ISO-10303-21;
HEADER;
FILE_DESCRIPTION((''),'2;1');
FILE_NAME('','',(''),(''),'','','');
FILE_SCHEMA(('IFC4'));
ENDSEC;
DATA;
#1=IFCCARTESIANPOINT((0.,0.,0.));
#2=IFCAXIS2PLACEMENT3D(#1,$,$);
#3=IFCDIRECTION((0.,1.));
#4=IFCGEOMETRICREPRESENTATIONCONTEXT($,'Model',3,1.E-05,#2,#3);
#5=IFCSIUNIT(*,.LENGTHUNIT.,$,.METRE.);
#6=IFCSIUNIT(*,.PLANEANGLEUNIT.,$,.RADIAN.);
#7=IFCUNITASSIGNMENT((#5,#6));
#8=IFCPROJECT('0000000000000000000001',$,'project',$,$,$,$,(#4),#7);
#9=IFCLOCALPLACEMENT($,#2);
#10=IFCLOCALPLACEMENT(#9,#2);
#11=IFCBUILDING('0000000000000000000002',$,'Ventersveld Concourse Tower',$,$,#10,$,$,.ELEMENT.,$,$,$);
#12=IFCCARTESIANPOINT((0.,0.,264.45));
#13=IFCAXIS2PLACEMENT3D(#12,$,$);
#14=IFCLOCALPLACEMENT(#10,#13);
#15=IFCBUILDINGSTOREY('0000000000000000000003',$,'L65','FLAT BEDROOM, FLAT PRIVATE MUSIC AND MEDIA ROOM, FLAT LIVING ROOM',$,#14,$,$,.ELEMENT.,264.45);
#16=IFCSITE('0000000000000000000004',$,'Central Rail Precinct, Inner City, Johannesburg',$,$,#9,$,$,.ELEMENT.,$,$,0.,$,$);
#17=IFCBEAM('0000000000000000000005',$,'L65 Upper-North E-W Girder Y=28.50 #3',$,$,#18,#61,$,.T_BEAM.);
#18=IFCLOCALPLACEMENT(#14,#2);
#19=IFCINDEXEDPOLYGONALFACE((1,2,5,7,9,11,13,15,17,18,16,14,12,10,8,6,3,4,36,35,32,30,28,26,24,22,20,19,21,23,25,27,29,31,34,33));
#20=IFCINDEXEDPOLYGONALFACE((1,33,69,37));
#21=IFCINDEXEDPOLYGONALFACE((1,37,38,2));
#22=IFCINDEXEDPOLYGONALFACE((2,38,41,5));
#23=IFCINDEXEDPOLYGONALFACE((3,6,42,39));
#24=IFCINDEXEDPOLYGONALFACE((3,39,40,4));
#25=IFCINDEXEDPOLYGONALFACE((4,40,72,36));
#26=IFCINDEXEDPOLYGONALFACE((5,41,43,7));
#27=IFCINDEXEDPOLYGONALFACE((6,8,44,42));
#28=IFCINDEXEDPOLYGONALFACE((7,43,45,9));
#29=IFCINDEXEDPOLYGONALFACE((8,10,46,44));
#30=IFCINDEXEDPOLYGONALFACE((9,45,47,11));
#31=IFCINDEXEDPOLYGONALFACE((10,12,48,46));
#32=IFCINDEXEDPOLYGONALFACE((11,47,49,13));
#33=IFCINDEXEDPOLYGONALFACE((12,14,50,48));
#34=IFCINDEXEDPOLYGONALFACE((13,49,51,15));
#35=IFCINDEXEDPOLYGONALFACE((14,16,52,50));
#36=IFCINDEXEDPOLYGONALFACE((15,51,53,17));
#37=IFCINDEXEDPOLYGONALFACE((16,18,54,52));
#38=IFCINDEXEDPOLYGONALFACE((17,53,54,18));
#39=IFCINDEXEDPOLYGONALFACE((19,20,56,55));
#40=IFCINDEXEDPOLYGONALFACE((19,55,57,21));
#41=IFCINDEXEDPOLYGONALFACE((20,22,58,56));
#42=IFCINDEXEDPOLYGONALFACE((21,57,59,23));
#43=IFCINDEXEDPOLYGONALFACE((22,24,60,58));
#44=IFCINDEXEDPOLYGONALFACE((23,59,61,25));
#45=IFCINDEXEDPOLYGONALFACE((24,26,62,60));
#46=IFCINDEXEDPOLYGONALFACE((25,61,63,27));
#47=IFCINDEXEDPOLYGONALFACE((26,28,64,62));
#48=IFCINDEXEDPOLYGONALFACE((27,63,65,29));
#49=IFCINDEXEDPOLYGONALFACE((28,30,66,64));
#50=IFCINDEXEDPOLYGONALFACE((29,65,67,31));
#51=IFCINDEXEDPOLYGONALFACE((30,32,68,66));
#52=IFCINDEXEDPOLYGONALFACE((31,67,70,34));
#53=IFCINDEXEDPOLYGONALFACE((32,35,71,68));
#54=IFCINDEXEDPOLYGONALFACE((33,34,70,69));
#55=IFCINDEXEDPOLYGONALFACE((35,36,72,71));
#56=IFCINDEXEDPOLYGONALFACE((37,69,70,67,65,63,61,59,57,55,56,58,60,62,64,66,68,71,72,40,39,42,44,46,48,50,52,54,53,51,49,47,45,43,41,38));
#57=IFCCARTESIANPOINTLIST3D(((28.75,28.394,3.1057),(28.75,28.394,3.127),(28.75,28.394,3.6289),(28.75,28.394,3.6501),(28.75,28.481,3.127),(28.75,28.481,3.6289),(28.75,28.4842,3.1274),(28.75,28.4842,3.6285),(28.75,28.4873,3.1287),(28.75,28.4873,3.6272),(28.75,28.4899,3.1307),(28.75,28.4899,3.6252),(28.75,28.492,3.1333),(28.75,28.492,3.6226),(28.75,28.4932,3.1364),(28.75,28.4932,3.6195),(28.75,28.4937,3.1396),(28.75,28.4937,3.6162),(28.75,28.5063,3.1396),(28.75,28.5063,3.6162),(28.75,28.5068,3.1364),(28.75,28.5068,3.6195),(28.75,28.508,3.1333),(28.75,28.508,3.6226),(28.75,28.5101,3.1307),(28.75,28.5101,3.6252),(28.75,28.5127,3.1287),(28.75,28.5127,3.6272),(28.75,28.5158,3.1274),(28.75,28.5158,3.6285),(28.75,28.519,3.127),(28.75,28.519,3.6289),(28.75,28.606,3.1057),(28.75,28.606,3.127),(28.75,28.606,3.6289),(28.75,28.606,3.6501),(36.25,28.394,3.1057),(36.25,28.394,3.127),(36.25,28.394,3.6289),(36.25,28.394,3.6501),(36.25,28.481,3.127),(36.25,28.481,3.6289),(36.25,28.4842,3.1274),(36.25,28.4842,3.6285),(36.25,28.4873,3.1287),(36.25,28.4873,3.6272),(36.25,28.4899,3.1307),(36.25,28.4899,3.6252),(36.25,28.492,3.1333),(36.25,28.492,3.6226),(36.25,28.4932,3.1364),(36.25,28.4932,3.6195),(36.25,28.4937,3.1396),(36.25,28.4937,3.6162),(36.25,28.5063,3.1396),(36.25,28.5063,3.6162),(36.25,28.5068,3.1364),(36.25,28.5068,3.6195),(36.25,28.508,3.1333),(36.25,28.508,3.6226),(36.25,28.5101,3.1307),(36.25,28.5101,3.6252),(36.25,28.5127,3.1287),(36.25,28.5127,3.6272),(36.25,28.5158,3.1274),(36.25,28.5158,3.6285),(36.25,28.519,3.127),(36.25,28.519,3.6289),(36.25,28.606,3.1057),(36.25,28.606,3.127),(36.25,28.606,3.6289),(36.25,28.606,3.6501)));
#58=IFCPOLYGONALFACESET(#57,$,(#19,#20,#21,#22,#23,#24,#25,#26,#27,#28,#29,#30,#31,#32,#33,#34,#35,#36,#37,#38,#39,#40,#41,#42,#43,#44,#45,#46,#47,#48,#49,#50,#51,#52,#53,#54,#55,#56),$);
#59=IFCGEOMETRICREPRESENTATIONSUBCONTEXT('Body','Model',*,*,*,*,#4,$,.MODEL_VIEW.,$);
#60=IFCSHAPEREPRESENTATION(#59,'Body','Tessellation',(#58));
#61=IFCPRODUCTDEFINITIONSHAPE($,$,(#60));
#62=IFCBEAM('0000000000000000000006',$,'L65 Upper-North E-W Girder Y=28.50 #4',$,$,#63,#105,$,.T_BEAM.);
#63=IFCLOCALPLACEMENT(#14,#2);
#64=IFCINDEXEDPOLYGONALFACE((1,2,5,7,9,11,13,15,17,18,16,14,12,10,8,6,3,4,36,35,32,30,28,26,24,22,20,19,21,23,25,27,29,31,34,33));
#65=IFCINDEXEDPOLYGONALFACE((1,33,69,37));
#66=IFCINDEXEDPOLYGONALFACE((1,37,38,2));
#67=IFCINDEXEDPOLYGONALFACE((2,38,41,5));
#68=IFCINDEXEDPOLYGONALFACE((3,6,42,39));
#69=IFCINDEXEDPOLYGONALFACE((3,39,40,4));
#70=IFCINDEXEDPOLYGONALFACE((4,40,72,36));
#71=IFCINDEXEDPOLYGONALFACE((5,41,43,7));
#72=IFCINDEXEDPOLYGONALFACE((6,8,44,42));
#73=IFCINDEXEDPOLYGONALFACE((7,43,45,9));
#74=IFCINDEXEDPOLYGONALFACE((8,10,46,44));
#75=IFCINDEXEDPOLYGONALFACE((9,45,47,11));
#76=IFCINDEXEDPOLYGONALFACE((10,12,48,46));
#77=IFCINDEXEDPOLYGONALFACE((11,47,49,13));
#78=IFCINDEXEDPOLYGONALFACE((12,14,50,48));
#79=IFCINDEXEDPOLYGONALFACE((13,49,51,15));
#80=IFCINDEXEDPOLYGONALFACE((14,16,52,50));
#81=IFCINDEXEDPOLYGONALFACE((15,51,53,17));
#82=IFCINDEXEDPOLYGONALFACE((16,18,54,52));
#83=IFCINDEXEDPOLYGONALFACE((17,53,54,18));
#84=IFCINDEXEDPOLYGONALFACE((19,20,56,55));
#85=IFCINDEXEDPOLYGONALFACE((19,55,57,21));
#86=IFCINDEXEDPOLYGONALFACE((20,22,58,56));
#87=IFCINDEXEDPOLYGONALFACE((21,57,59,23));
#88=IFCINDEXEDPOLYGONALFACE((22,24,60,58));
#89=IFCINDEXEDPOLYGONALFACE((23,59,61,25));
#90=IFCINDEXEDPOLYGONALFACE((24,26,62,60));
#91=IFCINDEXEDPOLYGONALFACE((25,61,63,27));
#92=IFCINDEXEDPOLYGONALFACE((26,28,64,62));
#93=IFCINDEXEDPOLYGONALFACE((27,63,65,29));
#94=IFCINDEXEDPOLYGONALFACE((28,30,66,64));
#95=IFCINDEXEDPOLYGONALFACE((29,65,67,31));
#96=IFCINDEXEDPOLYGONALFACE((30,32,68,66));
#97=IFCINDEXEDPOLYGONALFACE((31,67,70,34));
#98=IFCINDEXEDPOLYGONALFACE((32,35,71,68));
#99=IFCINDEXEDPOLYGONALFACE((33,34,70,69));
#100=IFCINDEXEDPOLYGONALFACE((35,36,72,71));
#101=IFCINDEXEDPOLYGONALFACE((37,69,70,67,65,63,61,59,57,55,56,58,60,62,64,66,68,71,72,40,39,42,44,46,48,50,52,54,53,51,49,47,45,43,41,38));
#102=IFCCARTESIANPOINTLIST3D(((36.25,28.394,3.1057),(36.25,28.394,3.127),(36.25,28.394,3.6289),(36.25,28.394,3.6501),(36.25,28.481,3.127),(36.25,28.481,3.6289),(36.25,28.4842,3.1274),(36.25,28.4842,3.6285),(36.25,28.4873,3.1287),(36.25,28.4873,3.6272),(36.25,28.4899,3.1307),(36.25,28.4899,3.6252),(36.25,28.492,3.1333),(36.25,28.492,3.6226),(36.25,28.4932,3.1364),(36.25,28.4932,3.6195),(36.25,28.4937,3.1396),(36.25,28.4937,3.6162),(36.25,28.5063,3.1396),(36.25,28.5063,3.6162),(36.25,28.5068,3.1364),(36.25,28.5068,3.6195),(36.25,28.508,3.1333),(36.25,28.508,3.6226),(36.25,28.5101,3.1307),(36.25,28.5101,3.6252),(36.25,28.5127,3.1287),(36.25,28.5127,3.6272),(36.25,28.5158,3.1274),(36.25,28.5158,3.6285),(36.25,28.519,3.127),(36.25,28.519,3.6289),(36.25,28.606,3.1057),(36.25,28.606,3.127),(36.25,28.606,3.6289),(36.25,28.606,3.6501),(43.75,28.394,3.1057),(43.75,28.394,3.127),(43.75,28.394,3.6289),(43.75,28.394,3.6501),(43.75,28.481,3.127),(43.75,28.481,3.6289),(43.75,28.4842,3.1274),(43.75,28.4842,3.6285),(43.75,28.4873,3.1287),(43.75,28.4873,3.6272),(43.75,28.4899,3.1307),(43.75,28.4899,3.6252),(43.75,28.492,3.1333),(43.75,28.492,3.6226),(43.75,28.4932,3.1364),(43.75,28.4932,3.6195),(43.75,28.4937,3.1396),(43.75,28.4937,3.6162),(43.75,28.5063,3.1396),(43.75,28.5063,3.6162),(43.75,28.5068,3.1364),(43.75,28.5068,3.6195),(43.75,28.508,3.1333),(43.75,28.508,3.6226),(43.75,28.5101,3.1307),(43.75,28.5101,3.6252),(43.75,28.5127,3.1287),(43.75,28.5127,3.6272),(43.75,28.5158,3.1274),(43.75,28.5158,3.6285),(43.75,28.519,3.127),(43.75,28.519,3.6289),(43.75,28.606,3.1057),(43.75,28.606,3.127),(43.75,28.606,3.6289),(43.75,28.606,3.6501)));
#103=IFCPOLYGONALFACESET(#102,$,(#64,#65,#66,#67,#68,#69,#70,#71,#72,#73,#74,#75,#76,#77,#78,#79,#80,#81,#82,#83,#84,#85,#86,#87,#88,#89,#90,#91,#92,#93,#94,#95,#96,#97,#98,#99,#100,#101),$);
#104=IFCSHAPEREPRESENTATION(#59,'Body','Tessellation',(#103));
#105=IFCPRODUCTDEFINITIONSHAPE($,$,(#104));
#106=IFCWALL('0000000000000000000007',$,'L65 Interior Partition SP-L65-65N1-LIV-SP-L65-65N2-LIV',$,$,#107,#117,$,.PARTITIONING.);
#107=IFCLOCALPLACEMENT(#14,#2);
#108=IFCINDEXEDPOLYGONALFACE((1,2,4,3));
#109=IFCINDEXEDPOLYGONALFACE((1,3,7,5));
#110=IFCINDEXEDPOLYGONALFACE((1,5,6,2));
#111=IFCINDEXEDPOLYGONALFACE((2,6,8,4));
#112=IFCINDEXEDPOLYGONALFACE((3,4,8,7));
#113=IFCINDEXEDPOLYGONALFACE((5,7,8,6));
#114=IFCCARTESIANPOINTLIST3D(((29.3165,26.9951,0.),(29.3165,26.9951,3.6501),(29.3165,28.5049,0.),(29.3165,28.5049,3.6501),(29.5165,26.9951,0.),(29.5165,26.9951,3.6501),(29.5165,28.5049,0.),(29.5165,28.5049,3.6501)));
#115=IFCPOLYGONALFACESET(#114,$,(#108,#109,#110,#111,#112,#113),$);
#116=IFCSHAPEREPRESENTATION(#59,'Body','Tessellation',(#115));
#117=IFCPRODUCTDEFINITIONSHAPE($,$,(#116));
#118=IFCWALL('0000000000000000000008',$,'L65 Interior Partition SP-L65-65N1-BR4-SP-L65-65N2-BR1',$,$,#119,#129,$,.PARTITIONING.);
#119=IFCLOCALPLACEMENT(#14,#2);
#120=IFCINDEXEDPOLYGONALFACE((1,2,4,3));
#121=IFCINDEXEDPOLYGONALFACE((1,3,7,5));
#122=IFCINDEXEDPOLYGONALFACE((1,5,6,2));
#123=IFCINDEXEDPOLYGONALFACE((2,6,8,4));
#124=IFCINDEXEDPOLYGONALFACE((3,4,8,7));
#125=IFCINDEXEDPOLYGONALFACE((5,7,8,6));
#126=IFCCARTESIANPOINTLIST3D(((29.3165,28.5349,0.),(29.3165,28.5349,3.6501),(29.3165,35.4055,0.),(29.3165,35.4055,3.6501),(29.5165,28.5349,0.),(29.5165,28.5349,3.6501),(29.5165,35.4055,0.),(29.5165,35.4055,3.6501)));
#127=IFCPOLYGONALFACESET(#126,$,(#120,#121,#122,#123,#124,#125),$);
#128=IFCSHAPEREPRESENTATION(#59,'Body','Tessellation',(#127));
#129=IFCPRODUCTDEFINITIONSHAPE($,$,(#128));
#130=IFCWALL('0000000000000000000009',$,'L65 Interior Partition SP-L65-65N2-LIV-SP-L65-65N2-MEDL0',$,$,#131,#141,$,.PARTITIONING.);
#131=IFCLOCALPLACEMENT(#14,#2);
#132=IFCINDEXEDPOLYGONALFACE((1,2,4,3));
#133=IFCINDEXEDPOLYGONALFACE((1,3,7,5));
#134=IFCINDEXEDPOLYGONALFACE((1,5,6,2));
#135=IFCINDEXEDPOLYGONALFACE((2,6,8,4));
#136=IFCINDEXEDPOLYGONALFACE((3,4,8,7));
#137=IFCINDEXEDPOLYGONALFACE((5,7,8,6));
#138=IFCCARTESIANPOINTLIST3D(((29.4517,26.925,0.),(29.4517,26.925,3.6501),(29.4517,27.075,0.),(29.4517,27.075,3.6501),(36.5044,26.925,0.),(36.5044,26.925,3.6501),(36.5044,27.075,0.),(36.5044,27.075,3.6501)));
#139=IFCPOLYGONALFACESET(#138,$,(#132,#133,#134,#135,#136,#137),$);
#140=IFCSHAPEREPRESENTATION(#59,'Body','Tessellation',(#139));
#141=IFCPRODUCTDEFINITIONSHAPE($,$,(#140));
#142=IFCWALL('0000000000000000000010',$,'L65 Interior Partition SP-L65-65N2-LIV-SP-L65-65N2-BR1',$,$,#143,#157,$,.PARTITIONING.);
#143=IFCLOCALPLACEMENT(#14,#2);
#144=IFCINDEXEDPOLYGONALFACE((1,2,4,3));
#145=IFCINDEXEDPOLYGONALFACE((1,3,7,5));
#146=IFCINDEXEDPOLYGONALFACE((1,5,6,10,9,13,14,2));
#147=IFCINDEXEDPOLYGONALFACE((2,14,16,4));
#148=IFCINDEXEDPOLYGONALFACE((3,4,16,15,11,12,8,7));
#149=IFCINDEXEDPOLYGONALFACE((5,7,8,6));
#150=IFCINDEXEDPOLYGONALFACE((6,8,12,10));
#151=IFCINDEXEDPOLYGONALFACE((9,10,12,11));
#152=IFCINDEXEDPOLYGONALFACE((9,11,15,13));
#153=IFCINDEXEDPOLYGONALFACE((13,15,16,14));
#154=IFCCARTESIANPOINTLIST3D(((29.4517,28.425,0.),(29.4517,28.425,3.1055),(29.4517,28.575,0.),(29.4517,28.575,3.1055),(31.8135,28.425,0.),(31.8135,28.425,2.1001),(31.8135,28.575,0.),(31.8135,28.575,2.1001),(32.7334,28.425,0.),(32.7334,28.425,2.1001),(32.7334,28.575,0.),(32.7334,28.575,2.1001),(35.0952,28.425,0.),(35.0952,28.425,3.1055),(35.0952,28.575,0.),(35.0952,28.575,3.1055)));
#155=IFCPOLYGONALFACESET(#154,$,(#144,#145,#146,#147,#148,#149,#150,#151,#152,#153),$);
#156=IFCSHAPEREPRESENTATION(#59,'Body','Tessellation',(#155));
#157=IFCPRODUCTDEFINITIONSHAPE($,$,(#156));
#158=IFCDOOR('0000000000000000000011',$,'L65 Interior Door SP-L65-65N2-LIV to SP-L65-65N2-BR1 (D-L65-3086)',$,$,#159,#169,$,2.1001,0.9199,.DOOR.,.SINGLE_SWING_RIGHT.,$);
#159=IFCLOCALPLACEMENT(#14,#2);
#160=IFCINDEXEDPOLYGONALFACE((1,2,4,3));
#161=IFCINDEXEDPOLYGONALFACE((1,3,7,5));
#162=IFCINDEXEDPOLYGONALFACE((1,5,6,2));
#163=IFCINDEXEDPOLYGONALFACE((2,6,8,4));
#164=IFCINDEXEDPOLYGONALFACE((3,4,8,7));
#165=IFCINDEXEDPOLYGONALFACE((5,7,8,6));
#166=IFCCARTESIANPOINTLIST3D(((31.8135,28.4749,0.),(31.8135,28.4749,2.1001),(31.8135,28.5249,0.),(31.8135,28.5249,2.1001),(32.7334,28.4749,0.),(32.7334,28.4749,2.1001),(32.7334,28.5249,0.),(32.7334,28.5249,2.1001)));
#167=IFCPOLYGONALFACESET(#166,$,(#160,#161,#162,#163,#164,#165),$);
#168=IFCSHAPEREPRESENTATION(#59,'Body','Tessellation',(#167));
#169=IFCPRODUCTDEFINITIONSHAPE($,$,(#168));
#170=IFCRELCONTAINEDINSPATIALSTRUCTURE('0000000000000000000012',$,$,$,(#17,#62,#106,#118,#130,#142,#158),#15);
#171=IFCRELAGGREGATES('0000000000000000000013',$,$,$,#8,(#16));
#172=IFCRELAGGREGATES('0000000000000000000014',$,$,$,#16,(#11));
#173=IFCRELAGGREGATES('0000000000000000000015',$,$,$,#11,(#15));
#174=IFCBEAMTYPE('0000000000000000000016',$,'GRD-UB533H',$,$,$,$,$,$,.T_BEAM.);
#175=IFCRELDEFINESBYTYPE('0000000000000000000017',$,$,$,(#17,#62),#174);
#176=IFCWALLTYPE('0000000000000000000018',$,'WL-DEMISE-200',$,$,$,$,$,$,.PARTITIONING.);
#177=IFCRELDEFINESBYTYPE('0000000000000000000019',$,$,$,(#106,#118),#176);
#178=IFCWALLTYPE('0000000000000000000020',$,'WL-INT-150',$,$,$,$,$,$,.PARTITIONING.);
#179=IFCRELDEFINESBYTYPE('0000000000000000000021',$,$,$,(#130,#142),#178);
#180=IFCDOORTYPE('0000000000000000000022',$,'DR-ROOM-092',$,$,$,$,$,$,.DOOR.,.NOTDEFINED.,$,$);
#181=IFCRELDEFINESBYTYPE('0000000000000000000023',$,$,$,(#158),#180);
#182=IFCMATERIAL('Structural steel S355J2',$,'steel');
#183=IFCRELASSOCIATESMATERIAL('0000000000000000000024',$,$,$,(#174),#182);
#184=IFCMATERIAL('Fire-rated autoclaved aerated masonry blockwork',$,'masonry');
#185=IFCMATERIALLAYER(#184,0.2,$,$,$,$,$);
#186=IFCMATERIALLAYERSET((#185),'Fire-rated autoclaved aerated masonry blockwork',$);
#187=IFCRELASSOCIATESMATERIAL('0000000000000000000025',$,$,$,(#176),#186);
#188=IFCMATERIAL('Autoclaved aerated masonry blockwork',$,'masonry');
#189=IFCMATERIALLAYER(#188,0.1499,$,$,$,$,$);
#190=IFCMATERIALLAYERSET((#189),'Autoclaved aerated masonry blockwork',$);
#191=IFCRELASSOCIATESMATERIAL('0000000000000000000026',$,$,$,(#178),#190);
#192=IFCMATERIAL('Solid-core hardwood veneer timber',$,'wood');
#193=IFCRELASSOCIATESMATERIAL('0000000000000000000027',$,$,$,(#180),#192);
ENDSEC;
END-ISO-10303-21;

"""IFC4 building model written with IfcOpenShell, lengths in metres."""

from ifc_helpers import new_model, si_unit, direction, frame, frame_2d, origin, origin_2d, place, context, subcontext, project, spatial, rectangle, i_section, extrude, material, layer, layer_set, material_profile, profile_set, type_object, element, fill, save


model = new_model("IFC4")

# Units and contexts
model_context = context("Model", 3, precision=1e-05, world=origin(), true_north=direction((0.0, 1.0)))
body_context = subcontext(model_context, "Body", "Model", "MODEL_VIEW")
ifc_project = project(units=[si_unit("LENGTHUNIT", "METRE"), si_unit("PLANEANGLEUNIT", "RADIAN")], contexts=[model_context])

# Site, building, storey
site_placement = place(None, origin())
site = spatial("IfcSite", under=ifc_project, at=site_placement, Name="Central Rail Precinct, Inner City, Johannesburg", CompositionType="ELEMENT", RefElevation=0.0)
building_placement = place(site_placement, origin())
building = spatial("IfcBuilding", under=site, at=building_placement, Name="Ventersveld Concourse Tower", CompositionType="ELEMENT")
storey_placement = place(building_placement, frame((0.0, 0.0, 264.45)))
storey = spatial("IfcBuildingStorey", under=building, at=storey_placement, Name="L65", Description="FLAT BEDROOM, FLAT PRIVATE MUSIC AND MEDIA ROOM, FLAT LIVING ROOM", CompositionType="ELEMENT", Elevation=264.45)

# Beams
ifc_material_1 = material(Name="Structural steel S355J2", Category="steel")
ifc_material_profile_1 = material_profile(ifc_material_1, i_section(OverallWidth=0.2119, OverallDepth=0.5444, WebThickness=0.0127, FlangeThickness=0.0212, FilletRadius=0.0127, at=origin_2d()), Name="UB 533x210x122")
ifc_profile_set_1 = profile_set([ifc_material_profile_1], Name="Structural steel S355J2")
beam_type_1 = type_object("IfcBeamType", Name="GRD-UB533H", PredefinedType="T_BEAM", material=ifc_profile_set_1)
for number, where, z_axis, x_axis, name in (
    (1, (28.75, 28.5, 3.3779), (1.0, 0.0, 0.0), (0.0, 1.0, 0.0), "L65 Upper-North E-W Girder Y=28.50 #3"),
    (2, (36.25, 28.5, 3.3779), (1.0, 0.0, 0.0), (0.0, 1.0, 0.0), "L65 Upper-North E-W Girder Y=28.50 #4"),
):
    element("IfcBeam", number, at=place(storey_placement, frame(where, z_axis=z_axis, x_axis=x_axis)), inside=storey, type_object=beam_type_1, Name=name, PredefinedType="T_BEAM", context=body_context, shape_type="SweptSolid", body=[
        extrude(i_section(OverallWidth=0.2119, OverallDepth=0.5444, WebThickness=0.0127, FlangeThickness=0.0212, FilletRadius=0.0127, at=origin_2d()), origin(), (0.0, 0.0, 1.0), 7.5),
    ])

# Walls
ifc_material_2 = material(Name="Fire-rated autoclaved aerated masonry blockwork", Category="masonry")
ifc_layer_1 = layer(ifc_material_2, 0.2)
ifc_layer_set_1 = layer_set([ifc_layer_1], Name="Fire-rated autoclaved aerated masonry blockwork")
wall_type_1 = type_object("IfcWallType", Name="WL-DEMISE-200", PredefinedType="PARTITIONING", material=ifc_layer_set_1)
wall_1_placement = place(storey_placement, frame((29.4165, 26.9951, 0.0), z_axis=(0.0, 0.0, 1.0), x_axis=(0.0, 1.0, 0.0)))
element("IfcWall", 3, at=wall_1_placement, inside=storey, type_object=wall_type_1, Name="L65 Interior Partition SP-L65-65N1-LIV-SP-L65-65N2-LIV", PredefinedType="PARTITIONING", context=body_context, shape_type="SweptSolid", body=[
    extrude(rectangle(XDim=1.5098, YDim=0.2, at=frame_2d((0.7549, 0.0))), origin(), (0.0, 0.0, 1.0), 3.6501),
])
wall_2_placement = place(storey_placement, frame((29.4165, 28.5349, 0.0), z_axis=(0.0, 0.0, 1.0), x_axis=(0.0, 1.0, 0.0)))
element("IfcWall", 4, at=wall_2_placement, inside=storey, type_object=wall_type_1, Name="L65 Interior Partition SP-L65-65N1-BR4-SP-L65-65N2-BR1", PredefinedType="PARTITIONING", context=body_context, shape_type="SweptSolid", body=[
    extrude(rectangle(XDim=6.8706, YDim=0.2, at=frame_2d((3.4353, 0.0))), origin(), (0.0, 0.0, 1.0), 3.6501),
])
ifc_material_3 = material(Name="Autoclaved aerated masonry blockwork", Category="masonry")
ifc_layer_2 = layer(ifc_material_3, 0.1499)
ifc_layer_set_2 = layer_set([ifc_layer_2], Name="Autoclaved aerated masonry blockwork")
wall_type_2 = type_object("IfcWallType", Name="WL-INT-150", PredefinedType="PARTITIONING", material=ifc_layer_set_2)
wall_3_placement = place(storey_placement, frame((29.4517, 27.0, 0.0), z_axis=(0.0, 0.0, 1.0), x_axis=(1.0, 0.0, 0.0)))
element("IfcWall", 5, at=wall_3_placement, inside=storey, type_object=wall_type_2, Name="L65 Interior Partition SP-L65-65N2-LIV-SP-L65-65N2-MEDL0", PredefinedType="PARTITIONING", context=body_context, shape_type="SweptSolid", body=[
    extrude(rectangle(XDim=7.0527, YDim=0.1499, at=frame_2d((3.5264, 0.0))), origin(), (0.0, 0.0, 1.0), 3.6501),
])

# Wall, opening, door
wall_4_placement = place(storey_placement, frame((29.4517, 28.5, 0.0), z_axis=(0.0, 0.0, 1.0), x_axis=(1.0, 0.0, 0.0)))
wall_4 = element("IfcWall", 6, at=wall_4_placement, inside=storey, type_object=wall_type_2, Name="L65 Interior Partition SP-L65-65N2-LIV-SP-L65-65N2-BR1", PredefinedType="PARTITIONING", context=body_context, shape_type="SweptSolid", body=[
    extrude(rectangle(XDim=5.6436, YDim=0.1499, at=frame_2d((2.8218, 0.0))), origin(), (0.0, 0.0, 1.0), 3.1055),
])
opening_1_placement = place(wall_4_placement, frame((2.3618, 0.0, 0.0)))
opening_1 = element("IfcOpeningElement", 7, at=opening_1_placement, cuts=wall_4, PredefinedType="OPENING", context=body_context, shape_type="SweptSolid", body=[
    extrude(rectangle(XDim=0.9199, YDim=2.1001, at=frame_2d((0.46, 1.05))), frame((0.0, 0.085, 0.0), z_axis=(0.0, -1.0, 0.0), x_axis=(1.0, 0.0, 0.0)), (0.0, 0.0, 1.0), 0.1699),
])
ifc_material_4 = material(Name="Solid-core hardwood veneer timber", Category="wood")
door_type = type_object("IfcDoorType", Name="DR-ROOM-092", OperationType="NOTDEFINED", PredefinedType="DOOR", material=ifc_material_4)
door_1_placement = place(opening_1_placement, origin())
door_1 = element("IfcDoor", 8, at=door_1_placement, inside=storey, type_object=door_type, Name="L65 Interior Door SP-L65-65N2-LIV to SP-L65-65N2-BR1 (D-L65-3086)", OperationType="SINGLE_SWING_RIGHT", OverallHeight=2.1001, OverallWidth=0.9199, PredefinedType="DOOR", context=body_context, shape_type="SweptSolid", body=[
    extrude(rectangle(XDim=0.9199, YDim=2.1001, at=frame_2d((0.46, 1.05))), frame((0.0, 0.0249, 0.0), z_axis=(0.0, -1.0, 0.0), x_axis=(1.0, 0.0, 0.0)), (0.0, 0.0, 1.0), 0.05),
])
fill(opening_1, door_1)

save(model, "model.ifc")
